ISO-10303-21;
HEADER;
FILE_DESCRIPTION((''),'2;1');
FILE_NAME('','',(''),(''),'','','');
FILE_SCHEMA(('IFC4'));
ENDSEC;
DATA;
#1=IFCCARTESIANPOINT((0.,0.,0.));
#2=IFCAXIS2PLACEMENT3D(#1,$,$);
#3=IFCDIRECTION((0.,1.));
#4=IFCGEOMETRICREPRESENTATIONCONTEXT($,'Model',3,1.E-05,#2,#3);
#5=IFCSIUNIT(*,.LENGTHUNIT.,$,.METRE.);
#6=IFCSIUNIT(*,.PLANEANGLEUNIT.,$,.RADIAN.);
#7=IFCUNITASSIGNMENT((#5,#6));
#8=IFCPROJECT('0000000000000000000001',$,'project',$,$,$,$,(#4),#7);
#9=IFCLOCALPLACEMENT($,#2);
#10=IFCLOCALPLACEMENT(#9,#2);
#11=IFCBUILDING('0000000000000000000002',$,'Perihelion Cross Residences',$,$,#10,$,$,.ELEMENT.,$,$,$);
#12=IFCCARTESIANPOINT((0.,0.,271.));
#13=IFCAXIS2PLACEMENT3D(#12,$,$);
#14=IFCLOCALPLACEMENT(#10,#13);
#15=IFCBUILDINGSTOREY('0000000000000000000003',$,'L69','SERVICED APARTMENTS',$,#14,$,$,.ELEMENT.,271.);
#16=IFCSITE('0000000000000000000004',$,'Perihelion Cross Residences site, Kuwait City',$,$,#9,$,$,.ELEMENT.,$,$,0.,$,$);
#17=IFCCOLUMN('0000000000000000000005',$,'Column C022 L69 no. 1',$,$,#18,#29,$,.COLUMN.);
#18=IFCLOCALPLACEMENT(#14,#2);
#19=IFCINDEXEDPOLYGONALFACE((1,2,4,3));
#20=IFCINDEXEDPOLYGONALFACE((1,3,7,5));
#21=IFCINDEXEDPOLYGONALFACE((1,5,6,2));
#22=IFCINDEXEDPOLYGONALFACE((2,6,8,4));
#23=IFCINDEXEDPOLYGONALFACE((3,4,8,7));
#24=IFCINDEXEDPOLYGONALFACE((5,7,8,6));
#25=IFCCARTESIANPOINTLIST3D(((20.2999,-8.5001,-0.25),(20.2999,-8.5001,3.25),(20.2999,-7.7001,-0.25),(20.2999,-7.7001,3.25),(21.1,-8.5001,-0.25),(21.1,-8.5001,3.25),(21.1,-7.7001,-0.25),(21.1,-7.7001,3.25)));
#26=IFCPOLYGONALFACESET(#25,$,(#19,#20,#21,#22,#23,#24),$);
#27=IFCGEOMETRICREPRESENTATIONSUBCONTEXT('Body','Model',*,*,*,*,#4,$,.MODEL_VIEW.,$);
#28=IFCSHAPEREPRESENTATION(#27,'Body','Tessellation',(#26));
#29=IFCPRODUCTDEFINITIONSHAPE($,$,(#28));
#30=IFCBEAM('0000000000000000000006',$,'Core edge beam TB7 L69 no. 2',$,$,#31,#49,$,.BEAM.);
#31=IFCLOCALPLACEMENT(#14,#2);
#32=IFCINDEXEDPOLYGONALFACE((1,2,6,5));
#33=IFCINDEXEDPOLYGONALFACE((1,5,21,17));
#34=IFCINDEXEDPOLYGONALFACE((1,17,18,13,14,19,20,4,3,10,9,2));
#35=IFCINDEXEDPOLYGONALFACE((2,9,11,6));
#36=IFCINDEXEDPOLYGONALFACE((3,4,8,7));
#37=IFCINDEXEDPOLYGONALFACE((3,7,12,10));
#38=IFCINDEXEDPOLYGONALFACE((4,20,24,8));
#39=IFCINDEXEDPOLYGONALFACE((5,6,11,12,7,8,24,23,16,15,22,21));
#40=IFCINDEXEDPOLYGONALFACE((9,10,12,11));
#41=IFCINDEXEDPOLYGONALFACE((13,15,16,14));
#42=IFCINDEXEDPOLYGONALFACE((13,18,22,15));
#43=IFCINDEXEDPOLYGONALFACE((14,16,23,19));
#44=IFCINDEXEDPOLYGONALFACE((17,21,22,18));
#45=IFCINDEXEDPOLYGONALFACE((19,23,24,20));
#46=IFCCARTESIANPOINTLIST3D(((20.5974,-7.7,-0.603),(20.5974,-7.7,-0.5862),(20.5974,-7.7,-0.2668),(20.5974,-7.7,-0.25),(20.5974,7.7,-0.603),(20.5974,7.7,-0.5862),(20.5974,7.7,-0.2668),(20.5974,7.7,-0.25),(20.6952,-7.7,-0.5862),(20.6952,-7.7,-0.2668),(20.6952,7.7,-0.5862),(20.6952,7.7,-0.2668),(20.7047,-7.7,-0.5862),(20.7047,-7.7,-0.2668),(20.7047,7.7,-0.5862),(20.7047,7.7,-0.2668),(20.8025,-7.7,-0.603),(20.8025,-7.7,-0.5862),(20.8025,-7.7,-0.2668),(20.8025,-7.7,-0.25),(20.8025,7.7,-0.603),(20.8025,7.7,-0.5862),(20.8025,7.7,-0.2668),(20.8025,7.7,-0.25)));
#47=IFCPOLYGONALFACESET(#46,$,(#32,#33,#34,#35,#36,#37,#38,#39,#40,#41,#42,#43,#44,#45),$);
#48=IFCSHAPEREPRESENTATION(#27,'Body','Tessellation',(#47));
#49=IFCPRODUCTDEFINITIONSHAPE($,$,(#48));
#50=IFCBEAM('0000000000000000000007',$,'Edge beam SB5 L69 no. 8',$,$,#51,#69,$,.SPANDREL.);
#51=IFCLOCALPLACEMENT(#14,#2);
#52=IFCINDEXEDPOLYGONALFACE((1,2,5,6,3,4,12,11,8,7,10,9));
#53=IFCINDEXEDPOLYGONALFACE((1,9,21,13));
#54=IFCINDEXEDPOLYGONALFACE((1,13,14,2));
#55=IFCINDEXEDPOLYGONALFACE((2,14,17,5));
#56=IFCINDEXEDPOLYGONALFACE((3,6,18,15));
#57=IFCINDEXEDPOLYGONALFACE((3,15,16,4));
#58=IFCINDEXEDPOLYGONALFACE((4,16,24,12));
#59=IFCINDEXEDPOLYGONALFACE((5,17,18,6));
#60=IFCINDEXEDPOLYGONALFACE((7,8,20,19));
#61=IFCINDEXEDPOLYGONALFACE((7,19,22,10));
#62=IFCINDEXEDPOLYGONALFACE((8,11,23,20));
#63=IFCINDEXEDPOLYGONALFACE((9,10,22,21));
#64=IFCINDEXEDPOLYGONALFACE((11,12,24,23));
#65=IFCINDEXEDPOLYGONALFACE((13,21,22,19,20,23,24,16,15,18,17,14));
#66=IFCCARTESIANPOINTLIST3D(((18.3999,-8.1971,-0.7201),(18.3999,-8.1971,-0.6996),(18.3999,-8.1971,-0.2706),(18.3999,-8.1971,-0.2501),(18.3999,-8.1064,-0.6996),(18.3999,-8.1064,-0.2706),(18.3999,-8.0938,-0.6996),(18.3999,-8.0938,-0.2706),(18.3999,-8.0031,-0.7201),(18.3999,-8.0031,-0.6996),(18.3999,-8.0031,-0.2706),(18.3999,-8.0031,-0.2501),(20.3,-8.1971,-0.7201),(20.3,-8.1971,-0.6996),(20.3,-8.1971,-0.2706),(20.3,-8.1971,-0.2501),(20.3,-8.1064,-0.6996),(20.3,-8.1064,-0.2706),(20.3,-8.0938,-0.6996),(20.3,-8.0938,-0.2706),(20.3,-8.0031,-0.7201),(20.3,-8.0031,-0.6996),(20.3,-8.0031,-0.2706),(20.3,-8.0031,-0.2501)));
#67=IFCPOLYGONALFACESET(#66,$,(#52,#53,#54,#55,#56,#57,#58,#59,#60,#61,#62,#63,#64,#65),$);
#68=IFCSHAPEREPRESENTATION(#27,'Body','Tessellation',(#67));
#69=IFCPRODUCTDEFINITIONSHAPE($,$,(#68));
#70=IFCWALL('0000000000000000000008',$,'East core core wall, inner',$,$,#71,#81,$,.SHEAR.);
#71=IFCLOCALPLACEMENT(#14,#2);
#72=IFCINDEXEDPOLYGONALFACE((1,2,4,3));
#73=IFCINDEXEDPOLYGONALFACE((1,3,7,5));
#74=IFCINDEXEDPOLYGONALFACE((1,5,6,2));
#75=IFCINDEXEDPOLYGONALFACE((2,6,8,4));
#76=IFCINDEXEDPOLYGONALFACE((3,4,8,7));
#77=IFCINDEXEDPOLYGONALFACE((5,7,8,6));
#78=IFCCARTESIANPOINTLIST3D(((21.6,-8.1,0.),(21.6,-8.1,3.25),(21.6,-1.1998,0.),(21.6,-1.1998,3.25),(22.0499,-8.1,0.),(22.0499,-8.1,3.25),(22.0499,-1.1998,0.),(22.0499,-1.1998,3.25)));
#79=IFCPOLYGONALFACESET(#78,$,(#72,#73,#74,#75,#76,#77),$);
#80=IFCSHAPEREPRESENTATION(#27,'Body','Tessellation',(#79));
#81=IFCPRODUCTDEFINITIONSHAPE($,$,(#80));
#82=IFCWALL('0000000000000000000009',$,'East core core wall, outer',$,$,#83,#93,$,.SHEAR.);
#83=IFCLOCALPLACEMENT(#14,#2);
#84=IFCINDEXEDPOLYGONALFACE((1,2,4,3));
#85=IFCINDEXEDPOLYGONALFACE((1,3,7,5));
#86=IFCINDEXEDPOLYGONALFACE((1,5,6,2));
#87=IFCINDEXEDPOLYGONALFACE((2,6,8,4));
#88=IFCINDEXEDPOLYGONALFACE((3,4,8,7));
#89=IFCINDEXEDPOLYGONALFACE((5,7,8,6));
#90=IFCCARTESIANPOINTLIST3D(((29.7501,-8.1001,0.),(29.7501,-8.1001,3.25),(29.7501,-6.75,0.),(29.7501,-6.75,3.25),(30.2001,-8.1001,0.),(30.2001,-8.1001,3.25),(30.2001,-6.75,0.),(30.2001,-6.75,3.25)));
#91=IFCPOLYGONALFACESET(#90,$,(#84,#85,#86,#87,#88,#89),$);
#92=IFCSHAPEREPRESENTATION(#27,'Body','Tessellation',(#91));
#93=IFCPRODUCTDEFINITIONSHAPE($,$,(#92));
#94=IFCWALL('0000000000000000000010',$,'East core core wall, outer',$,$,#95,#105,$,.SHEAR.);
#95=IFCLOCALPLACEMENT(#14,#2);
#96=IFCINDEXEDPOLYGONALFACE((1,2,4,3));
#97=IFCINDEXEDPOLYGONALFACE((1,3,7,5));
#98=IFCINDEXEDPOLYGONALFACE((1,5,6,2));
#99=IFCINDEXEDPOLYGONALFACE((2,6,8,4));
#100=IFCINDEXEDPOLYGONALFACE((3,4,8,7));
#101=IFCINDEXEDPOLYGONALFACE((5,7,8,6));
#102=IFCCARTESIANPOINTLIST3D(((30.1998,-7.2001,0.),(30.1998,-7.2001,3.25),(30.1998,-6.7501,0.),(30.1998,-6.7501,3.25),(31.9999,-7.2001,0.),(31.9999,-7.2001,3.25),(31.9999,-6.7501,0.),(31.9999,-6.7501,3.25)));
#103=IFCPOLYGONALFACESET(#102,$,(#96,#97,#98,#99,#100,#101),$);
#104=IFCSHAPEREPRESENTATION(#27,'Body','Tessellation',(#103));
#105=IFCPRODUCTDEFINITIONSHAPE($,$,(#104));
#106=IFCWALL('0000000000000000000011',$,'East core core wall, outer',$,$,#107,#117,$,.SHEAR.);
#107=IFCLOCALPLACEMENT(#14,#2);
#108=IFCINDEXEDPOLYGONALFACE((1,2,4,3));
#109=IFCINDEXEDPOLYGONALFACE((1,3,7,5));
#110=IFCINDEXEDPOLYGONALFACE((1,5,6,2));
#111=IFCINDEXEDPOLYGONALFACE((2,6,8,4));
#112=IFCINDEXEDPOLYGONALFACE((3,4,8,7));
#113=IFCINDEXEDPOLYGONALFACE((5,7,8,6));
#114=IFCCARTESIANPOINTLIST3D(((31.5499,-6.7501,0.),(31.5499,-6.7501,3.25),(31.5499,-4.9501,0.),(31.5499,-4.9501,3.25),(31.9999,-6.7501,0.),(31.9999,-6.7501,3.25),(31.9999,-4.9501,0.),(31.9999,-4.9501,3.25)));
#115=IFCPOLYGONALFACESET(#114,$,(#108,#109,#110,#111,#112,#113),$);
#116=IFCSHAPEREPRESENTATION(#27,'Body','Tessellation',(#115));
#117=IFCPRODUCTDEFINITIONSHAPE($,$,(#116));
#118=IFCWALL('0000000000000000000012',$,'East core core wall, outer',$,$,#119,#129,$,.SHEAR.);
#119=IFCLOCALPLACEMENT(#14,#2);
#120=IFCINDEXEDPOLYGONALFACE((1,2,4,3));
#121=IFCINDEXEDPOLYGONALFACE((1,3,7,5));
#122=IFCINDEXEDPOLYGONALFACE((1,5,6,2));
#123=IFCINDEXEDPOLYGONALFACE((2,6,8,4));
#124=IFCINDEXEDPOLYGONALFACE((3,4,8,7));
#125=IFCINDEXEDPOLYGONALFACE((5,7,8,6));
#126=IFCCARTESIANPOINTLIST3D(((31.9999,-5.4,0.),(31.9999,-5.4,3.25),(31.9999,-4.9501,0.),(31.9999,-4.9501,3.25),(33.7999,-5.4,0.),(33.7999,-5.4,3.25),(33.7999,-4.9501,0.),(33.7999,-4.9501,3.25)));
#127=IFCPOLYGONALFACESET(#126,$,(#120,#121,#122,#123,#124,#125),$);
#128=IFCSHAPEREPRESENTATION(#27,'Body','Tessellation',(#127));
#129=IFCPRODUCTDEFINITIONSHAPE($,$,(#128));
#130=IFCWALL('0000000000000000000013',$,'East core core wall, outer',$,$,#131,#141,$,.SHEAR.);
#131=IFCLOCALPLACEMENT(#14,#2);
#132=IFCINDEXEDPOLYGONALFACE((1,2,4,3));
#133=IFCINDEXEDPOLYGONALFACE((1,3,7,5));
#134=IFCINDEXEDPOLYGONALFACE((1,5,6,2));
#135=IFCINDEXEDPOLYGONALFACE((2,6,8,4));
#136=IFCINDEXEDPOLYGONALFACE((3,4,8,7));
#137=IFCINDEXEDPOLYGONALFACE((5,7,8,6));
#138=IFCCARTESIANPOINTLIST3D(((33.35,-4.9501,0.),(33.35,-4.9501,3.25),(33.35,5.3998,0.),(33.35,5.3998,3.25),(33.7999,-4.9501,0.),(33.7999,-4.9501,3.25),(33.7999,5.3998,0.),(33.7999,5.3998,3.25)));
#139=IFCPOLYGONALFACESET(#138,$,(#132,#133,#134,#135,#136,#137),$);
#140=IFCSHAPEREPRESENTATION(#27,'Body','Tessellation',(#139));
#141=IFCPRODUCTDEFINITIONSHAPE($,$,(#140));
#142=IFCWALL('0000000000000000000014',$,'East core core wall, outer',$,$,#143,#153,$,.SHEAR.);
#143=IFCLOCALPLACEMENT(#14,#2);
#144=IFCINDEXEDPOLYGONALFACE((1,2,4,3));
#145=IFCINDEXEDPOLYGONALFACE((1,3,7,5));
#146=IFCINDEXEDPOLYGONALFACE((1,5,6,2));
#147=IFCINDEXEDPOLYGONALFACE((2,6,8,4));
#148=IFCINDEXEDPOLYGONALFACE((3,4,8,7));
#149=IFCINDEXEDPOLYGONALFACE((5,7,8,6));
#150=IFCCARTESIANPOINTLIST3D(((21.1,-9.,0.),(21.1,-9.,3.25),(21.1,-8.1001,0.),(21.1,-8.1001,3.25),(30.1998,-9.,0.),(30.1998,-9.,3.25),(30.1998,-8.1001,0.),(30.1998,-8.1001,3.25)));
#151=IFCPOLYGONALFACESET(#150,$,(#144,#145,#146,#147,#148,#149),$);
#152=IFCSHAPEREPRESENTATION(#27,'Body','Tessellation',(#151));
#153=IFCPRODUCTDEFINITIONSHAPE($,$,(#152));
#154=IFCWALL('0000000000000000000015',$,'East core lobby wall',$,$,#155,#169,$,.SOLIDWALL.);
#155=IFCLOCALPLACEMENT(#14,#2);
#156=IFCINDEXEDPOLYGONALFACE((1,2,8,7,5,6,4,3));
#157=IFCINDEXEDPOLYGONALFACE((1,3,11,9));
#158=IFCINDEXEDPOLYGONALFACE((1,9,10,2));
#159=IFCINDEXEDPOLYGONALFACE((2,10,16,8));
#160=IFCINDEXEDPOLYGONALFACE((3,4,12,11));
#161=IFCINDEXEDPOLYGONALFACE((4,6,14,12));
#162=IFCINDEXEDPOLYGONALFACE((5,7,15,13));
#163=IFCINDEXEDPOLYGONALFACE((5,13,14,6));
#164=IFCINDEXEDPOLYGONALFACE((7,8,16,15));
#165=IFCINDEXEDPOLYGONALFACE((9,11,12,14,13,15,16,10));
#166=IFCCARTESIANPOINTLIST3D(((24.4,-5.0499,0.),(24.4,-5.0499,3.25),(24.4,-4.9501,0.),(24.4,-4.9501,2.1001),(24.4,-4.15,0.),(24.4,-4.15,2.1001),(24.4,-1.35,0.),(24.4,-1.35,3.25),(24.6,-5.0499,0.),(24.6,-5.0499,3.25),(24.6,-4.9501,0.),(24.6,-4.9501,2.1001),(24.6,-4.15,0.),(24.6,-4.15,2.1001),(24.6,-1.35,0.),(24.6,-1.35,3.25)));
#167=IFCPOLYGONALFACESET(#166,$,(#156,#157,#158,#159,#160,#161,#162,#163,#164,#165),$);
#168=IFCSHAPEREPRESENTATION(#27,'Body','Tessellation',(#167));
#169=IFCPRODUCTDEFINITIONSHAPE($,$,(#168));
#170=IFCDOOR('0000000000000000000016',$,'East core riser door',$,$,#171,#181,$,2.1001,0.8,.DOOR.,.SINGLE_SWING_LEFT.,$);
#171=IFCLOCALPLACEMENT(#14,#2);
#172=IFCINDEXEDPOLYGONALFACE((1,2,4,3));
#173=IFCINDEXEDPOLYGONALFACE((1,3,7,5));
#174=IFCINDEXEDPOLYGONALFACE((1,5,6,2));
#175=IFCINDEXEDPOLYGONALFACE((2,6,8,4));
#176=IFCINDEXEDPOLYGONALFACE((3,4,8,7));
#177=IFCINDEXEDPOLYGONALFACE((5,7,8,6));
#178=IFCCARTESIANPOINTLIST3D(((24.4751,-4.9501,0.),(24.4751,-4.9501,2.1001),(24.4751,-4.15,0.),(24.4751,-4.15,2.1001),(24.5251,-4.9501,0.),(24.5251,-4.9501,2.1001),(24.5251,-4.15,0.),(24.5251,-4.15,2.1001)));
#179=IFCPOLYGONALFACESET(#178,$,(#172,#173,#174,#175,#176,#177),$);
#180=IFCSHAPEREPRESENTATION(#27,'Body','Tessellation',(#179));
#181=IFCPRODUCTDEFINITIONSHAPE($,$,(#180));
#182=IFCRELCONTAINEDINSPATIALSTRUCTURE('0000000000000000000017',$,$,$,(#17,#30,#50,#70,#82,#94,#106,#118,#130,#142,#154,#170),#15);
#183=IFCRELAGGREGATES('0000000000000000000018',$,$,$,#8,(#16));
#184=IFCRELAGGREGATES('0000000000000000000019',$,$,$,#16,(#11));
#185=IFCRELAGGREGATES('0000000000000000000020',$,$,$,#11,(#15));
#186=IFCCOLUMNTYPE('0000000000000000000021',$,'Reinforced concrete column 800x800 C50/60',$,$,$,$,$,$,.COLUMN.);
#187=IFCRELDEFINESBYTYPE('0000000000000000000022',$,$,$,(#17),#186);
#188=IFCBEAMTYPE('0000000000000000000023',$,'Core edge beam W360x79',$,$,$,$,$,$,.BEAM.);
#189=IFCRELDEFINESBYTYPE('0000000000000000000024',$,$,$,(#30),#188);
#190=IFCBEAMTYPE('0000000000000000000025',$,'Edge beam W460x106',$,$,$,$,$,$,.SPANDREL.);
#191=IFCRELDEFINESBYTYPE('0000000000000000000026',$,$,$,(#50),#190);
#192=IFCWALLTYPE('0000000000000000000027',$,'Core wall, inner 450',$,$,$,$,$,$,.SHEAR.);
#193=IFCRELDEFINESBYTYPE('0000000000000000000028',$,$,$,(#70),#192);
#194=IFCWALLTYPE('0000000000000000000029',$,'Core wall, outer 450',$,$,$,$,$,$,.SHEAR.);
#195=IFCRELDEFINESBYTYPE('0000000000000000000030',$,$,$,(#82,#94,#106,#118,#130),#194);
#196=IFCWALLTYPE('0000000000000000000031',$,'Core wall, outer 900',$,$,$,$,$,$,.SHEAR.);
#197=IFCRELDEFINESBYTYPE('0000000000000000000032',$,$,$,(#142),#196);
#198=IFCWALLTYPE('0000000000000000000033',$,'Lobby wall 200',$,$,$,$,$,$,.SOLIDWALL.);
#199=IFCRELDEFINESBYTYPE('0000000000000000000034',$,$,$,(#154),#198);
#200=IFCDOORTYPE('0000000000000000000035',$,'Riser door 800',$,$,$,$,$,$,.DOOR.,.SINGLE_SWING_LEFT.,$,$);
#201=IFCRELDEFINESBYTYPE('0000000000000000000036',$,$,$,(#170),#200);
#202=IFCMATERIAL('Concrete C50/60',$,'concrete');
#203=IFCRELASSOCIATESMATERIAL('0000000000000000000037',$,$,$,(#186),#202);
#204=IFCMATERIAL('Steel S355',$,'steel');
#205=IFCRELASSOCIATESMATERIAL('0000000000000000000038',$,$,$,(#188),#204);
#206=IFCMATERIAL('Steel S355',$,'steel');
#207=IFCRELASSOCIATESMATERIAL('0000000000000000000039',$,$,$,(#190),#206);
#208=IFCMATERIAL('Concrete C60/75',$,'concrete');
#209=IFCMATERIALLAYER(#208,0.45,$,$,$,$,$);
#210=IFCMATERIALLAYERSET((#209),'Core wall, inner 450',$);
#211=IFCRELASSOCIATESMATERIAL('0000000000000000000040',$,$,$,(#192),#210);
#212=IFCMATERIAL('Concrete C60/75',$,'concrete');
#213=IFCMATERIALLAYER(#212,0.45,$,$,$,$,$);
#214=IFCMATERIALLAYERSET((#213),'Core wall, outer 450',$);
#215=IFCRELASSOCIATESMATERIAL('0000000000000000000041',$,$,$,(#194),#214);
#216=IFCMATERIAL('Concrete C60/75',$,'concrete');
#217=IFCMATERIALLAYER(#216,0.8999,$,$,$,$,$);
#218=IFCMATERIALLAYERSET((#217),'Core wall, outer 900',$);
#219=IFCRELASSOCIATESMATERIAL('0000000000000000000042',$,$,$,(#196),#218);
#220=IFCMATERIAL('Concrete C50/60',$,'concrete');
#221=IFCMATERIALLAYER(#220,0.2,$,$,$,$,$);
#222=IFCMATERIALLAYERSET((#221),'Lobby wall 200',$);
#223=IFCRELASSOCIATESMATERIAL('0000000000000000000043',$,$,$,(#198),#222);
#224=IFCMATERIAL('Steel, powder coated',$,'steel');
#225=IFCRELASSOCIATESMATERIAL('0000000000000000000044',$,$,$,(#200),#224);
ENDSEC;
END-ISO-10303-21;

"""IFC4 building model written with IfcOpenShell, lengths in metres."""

from ifc_helpers import new_model, si_unit, direction, frame, frame_2d, origin, origin_2d, place, context, subcontext, project, spatial, rectangle, i_section, extrude, material, layer, layer_set, material_profile, profile_set, type_object, element, fill, save


model = new_model("IFC4")

# Units and contexts
model_context = context("Model", 3, precision=1e-05, world=origin(), true_north=direction((0.0, 1.0)))
body_context = subcontext(model_context, "Body", "Model", "MODEL_VIEW")
ifc_project = project(units=[si_unit("LENGTHUNIT", "METRE"), si_unit("PLANEANGLEUNIT", "RADIAN")], contexts=[model_context])

# Site, building, storey
site_placement = place(None, origin())
site = spatial("IfcSite", under=ifc_project, at=site_placement, Name="Perihelion Cross Residences site, Kuwait City", CompositionType="ELEMENT", RefElevation=0.0)
building_placement = place(site_placement, origin())
building = spatial("IfcBuilding", under=site, at=building_placement, Name="Perihelion Cross Residences", CompositionType="ELEMENT")
storey_placement = place(building_placement, frame((0.0, 0.0, 271.0)))
storey = spatial("IfcBuildingStorey", under=building, at=storey_placement, Name="L69", Description="SERVICED APARTMENTS", CompositionType="ELEMENT", Elevation=271.0)

# Column
ifc_material_1 = material(Name="Concrete C50/60", Category="concrete")
ifc_material_profile_1 = material_profile(ifc_material_1, rectangle(XDim=0.8, YDim=0.8, at=origin_2d()), Name="RC 800x800")
ifc_profile_set_1 = profile_set([ifc_material_profile_1], Name="Concrete C50/60")
column_type = type_object("IfcColumnType", Name="Reinforced concrete column 800x800 C50/60", PredefinedType="COLUMN", material=ifc_profile_set_1)
column_placement = place(storey_placement, frame((20.7, -8.1001, -0.25), z_axis=(0.0, 0.0, 1.0), x_axis=(1.0, 0.0, 0.0)))
element("IfcColumn", 1, at=column_placement, inside=storey, type_object=column_type, Name="Column C022 L69 no. 1", PredefinedType="COLUMN", context=body_context, shape_type="SweptSolid", body=[
    extrude(rectangle(XDim=0.8, YDim=0.8, at=origin_2d()), origin(), (0.0, 0.0, 1.0), 3.5),
])

# Beams
ifc_material_2 = material(Name="Steel S355", Category="steel")
ifc_material_profile_2 = material_profile(ifc_material_2, i_section(OverallWidth=0.2051, OverallDepth=0.353, WebThickness=0.0095, FlangeThickness=0.0168, at=origin_2d()), Name="W360x79")
ifc_profile_set_2 = profile_set([ifc_material_profile_2], Name="Steel S355")
beam_type_1 = type_object("IfcBeamType", Name="Core edge beam W360x79", PredefinedType="BEAM", material=ifc_profile_set_2)
beam_1_placement = place(storey_placement, frame((20.7, -7.7, -0.4265), z_axis=(0.0, 1.0, 0.0), x_axis=(-1.0, 0.0, 0.0)))
element("IfcBeam", 2, at=beam_1_placement, inside=storey, type_object=beam_type_1, Name="Core edge beam TB7 L69 no. 2", PredefinedType="BEAM", context=body_context, shape_type="SweptSolid", body=[
    extrude(i_section(OverallWidth=0.2051, OverallDepth=0.353, WebThickness=0.0095, FlangeThickness=0.0168, at=origin_2d()), origin(), (0.0, 0.0, 1.0), 15.3999),
])
ifc_material_3 = material(Name="Steel S355", Category="steel")
ifc_material_profile_3 = material_profile(ifc_material_3, i_section(OverallWidth=0.1941, OverallDepth=0.47, WebThickness=0.0127, FlangeThickness=0.0205, at=origin_2d()), Name="W460x106")
ifc_profile_set_3 = profile_set([ifc_material_profile_3], Name="Steel S355")
beam_type_2 = type_object("IfcBeamType", Name="Edge beam W460x106", PredefinedType="SPANDREL", material=ifc_profile_set_3)
beam_2_placement = place(storey_placement, frame((18.3999, -8.1001, -0.4851), z_axis=(1.0, 0.0, 0.0), x_axis=(0.0, 1.0, 0.0)))
element("IfcBeam", 3, at=beam_2_placement, inside=storey, type_object=beam_type_2, Name="Edge beam SB5 L69 no. 8", PredefinedType="SPANDREL", context=body_context, shape_type="SweptSolid", body=[
    extrude(i_section(OverallWidth=0.1941, OverallDepth=0.47, WebThickness=0.0127, FlangeThickness=0.0205, at=origin_2d()), origin(), (0.0, 0.0, 1.0), 1.9001),
])

# Walls
ifc_material_4 = material(Name="Concrete C60/75", Category="concrete")
ifc_layer_1 = layer(ifc_material_4, 0.45)
ifc_layer_set_1 = layer_set([ifc_layer_1], Name="Core wall, inner 450")
wall_type_1 = type_object("IfcWallType", Name="Core wall, inner 450", PredefinedType="SHEAR", material=ifc_layer_set_1)
wall_1_placement = place(storey_placement, frame((21.825, -8.1001, 0.0), z_axis=(0.0, 0.0, 1.0), x_axis=(0.0, 1.0, 0.0)))
element("IfcWall", 4, at=wall_1_placement, inside=storey, type_object=wall_type_1, Name="East core core wall, inner", PredefinedType="SHEAR", context=body_context, shape_type="SweptSolid", body=[
    extrude(rectangle(XDim=6.9001, YDim=0.45, at=frame_2d((3.4502, 0.0))), origin(), (0.0, 0.0, 1.0), 3.25),
])
ifc_material_5 = material(Name="Concrete C60/75", Category="concrete")
ifc_layer_2 = layer(ifc_material_5, 0.45)
ifc_layer_set_2 = layer_set([ifc_layer_2], Name="Core wall, outer 450")
wall_type_2 = type_object("IfcWallType", Name="Core wall, outer 450", PredefinedType="SHEAR", material=ifc_layer_set_2)
wall_2_placement = place(storey_placement, frame((29.9751, -8.1001, 0.0), z_axis=(0.0, 0.0, 1.0), x_axis=(0.0, 1.0, 0.0)))
element("IfcWall", 5, at=wall_2_placement, inside=storey, type_object=wall_type_2, Name="East core core wall, outer", PredefinedType="SHEAR", context=body_context, shape_type="SweptSolid", body=[
    extrude(rectangle(XDim=1.3501, YDim=0.45, at=frame_2d((0.675, 0.0))), origin(), (0.0, 0.0, 1.0), 3.25),
])
for number, where, z_axis, x_axis, name in (
    (6, (30.2, -6.9751, 0.0), (0.0, 0.0, 1.0), (1.0, 0.0, 0.0), "East core core wall, outer"),
    (7, (31.7749, -6.75, 0.0), (0.0, 0.0, 1.0), (0.0, 1.0, 0.0), "East core core wall, outer"),
    (8, (32.0, -5.175, 0.0), (0.0, 0.0, 1.0), (1.0, 0.0, 0.0), "East core core wall, outer"),
):
    element("IfcWall", number, at=place(storey_placement, frame(where, z_axis=z_axis, x_axis=x_axis)), inside=storey, type_object=wall_type_2, Name=name, PredefinedType="SHEAR", context=body_context, shape_type="SweptSolid", body=[
        extrude(rectangle(XDim=1.8, YDim=0.45, at=frame_2d((0.8999, 0.0))), origin(), (0.0, 0.0, 1.0), 3.25),
    ])
wall_3_placement = place(storey_placement, frame((33.575, -4.95, 0.0), z_axis=(0.0, 0.0, 1.0), x_axis=(0.0, 1.0, 0.0)))
element("IfcWall", 9, at=wall_3_placement, inside=storey, type_object=wall_type_2, Name="East core core wall, outer", PredefinedType="SHEAR", context=body_context, shape_type="SweptSolid", body=[
    extrude(rectangle(XDim=10.3499, YDim=0.45, at=frame_2d((5.1748, 0.0))), origin(), (0.0, 0.0, 1.0), 3.25),
])
ifc_material_6 = material(Name="Concrete C60/75", Category="concrete")
ifc_layer_3 = layer(ifc_material_6, 0.8999)
ifc_layer_set_3 = layer_set([ifc_layer_3], Name="Core wall, outer 900")
wall_type_3 = type_object("IfcWallType", Name="Core wall, outer 900", PredefinedType="SHEAR", material=ifc_layer_set_3)
wall_4_placement = place(storey_placement, frame((21.1001, -8.55, 0.0), z_axis=(0.0, 0.0, 1.0), x_axis=(1.0, 0.0, 0.0)))
element("IfcWall", 10, at=wall_4_placement, inside=storey, type_object=wall_type_3, Name="East core core wall, outer", PredefinedType="SHEAR", context=body_context, shape_type="SweptSolid", body=[
    extrude(rectangle(XDim=9.0999, YDim=0.8999, at=frame_2d((4.5498, 0.0))), origin(), (0.0, 0.0, 1.0), 3.25),
])

# Wall, opening, door
ifc_material_7 = material(Name="Concrete C50/60", Category="concrete")
ifc_layer_4 = layer(ifc_material_7, 0.2)
ifc_layer_set_4 = layer_set([ifc_layer_4], Name="Lobby wall 200")
wall_type_4 = type_object("IfcWallType", Name="Lobby wall 200", PredefinedType="SOLIDWALL", material=ifc_layer_set_4)
wall_5_placement = place(storey_placement, frame((24.5, -5.05, 0.0), z_axis=(0.0, 0.0, 1.0), x_axis=(0.0, 1.0, 0.0)))
wall_5 = element("IfcWall", 11, at=wall_5_placement, inside=storey, type_object=wall_type_4, Name="East core lobby wall", PredefinedType="SOLIDWALL", context=body_context, shape_type="SweptSolid", body=[
    extrude(rectangle(XDim=3.7, YDim=0.2, at=frame_2d((1.8501, 0.0))), origin(), (0.0, 0.0, 1.0), 3.25),
])
opening_1_placement = place(wall_5_placement, frame((0.1001, 0.0, 0.0)))
opening_1 = element("IfcOpeningElement", 12, at=opening_1_placement, cuts=wall_5, PredefinedType="OPENING", context=body_context, shape_type="SweptSolid", body=[
    extrude(rectangle(XDim=0.8, YDim=2.1001, at=frame_2d((0.3999, 1.05))), frame((0.0, 0.1099, 0.0), z_axis=(0.0, -1.0, 0.0), x_axis=(1.0, 0.0, 0.0)), (0.0, 0.0, 1.0), 0.22),
])
ifc_material_8 = material(Name="Steel, powder coated", Category="steel")
door_type_1 = type_object("IfcDoorType", Name="Riser door 800", OperationType="SINGLE_SWING_LEFT", PredefinedType="DOOR", material=ifc_material_8)
door_1_placement = place(opening_1_placement, origin())
door_1 = element("IfcDoor", 13, at=door_1_placement, inside=storey, type_object=door_type_1, Name="East core riser door", OperationType="SINGLE_SWING_LEFT", OverallHeight=2.1001, OverallWidth=0.8, PredefinedType="DOOR", context=body_context, shape_type="SweptSolid", body=[
    extrude(rectangle(XDim=0.8, YDim=2.1001, at=frame_2d((0.3999, 1.05))), frame((0.0, 0.0249, 0.0), z_axis=(0.0, -1.0, 0.0), x_axis=(1.0, 0.0, 0.0)), (0.0, 0.0, 1.0), 0.05),
])
fill(opening_1, door_1)

save(model, "model.ifc")
